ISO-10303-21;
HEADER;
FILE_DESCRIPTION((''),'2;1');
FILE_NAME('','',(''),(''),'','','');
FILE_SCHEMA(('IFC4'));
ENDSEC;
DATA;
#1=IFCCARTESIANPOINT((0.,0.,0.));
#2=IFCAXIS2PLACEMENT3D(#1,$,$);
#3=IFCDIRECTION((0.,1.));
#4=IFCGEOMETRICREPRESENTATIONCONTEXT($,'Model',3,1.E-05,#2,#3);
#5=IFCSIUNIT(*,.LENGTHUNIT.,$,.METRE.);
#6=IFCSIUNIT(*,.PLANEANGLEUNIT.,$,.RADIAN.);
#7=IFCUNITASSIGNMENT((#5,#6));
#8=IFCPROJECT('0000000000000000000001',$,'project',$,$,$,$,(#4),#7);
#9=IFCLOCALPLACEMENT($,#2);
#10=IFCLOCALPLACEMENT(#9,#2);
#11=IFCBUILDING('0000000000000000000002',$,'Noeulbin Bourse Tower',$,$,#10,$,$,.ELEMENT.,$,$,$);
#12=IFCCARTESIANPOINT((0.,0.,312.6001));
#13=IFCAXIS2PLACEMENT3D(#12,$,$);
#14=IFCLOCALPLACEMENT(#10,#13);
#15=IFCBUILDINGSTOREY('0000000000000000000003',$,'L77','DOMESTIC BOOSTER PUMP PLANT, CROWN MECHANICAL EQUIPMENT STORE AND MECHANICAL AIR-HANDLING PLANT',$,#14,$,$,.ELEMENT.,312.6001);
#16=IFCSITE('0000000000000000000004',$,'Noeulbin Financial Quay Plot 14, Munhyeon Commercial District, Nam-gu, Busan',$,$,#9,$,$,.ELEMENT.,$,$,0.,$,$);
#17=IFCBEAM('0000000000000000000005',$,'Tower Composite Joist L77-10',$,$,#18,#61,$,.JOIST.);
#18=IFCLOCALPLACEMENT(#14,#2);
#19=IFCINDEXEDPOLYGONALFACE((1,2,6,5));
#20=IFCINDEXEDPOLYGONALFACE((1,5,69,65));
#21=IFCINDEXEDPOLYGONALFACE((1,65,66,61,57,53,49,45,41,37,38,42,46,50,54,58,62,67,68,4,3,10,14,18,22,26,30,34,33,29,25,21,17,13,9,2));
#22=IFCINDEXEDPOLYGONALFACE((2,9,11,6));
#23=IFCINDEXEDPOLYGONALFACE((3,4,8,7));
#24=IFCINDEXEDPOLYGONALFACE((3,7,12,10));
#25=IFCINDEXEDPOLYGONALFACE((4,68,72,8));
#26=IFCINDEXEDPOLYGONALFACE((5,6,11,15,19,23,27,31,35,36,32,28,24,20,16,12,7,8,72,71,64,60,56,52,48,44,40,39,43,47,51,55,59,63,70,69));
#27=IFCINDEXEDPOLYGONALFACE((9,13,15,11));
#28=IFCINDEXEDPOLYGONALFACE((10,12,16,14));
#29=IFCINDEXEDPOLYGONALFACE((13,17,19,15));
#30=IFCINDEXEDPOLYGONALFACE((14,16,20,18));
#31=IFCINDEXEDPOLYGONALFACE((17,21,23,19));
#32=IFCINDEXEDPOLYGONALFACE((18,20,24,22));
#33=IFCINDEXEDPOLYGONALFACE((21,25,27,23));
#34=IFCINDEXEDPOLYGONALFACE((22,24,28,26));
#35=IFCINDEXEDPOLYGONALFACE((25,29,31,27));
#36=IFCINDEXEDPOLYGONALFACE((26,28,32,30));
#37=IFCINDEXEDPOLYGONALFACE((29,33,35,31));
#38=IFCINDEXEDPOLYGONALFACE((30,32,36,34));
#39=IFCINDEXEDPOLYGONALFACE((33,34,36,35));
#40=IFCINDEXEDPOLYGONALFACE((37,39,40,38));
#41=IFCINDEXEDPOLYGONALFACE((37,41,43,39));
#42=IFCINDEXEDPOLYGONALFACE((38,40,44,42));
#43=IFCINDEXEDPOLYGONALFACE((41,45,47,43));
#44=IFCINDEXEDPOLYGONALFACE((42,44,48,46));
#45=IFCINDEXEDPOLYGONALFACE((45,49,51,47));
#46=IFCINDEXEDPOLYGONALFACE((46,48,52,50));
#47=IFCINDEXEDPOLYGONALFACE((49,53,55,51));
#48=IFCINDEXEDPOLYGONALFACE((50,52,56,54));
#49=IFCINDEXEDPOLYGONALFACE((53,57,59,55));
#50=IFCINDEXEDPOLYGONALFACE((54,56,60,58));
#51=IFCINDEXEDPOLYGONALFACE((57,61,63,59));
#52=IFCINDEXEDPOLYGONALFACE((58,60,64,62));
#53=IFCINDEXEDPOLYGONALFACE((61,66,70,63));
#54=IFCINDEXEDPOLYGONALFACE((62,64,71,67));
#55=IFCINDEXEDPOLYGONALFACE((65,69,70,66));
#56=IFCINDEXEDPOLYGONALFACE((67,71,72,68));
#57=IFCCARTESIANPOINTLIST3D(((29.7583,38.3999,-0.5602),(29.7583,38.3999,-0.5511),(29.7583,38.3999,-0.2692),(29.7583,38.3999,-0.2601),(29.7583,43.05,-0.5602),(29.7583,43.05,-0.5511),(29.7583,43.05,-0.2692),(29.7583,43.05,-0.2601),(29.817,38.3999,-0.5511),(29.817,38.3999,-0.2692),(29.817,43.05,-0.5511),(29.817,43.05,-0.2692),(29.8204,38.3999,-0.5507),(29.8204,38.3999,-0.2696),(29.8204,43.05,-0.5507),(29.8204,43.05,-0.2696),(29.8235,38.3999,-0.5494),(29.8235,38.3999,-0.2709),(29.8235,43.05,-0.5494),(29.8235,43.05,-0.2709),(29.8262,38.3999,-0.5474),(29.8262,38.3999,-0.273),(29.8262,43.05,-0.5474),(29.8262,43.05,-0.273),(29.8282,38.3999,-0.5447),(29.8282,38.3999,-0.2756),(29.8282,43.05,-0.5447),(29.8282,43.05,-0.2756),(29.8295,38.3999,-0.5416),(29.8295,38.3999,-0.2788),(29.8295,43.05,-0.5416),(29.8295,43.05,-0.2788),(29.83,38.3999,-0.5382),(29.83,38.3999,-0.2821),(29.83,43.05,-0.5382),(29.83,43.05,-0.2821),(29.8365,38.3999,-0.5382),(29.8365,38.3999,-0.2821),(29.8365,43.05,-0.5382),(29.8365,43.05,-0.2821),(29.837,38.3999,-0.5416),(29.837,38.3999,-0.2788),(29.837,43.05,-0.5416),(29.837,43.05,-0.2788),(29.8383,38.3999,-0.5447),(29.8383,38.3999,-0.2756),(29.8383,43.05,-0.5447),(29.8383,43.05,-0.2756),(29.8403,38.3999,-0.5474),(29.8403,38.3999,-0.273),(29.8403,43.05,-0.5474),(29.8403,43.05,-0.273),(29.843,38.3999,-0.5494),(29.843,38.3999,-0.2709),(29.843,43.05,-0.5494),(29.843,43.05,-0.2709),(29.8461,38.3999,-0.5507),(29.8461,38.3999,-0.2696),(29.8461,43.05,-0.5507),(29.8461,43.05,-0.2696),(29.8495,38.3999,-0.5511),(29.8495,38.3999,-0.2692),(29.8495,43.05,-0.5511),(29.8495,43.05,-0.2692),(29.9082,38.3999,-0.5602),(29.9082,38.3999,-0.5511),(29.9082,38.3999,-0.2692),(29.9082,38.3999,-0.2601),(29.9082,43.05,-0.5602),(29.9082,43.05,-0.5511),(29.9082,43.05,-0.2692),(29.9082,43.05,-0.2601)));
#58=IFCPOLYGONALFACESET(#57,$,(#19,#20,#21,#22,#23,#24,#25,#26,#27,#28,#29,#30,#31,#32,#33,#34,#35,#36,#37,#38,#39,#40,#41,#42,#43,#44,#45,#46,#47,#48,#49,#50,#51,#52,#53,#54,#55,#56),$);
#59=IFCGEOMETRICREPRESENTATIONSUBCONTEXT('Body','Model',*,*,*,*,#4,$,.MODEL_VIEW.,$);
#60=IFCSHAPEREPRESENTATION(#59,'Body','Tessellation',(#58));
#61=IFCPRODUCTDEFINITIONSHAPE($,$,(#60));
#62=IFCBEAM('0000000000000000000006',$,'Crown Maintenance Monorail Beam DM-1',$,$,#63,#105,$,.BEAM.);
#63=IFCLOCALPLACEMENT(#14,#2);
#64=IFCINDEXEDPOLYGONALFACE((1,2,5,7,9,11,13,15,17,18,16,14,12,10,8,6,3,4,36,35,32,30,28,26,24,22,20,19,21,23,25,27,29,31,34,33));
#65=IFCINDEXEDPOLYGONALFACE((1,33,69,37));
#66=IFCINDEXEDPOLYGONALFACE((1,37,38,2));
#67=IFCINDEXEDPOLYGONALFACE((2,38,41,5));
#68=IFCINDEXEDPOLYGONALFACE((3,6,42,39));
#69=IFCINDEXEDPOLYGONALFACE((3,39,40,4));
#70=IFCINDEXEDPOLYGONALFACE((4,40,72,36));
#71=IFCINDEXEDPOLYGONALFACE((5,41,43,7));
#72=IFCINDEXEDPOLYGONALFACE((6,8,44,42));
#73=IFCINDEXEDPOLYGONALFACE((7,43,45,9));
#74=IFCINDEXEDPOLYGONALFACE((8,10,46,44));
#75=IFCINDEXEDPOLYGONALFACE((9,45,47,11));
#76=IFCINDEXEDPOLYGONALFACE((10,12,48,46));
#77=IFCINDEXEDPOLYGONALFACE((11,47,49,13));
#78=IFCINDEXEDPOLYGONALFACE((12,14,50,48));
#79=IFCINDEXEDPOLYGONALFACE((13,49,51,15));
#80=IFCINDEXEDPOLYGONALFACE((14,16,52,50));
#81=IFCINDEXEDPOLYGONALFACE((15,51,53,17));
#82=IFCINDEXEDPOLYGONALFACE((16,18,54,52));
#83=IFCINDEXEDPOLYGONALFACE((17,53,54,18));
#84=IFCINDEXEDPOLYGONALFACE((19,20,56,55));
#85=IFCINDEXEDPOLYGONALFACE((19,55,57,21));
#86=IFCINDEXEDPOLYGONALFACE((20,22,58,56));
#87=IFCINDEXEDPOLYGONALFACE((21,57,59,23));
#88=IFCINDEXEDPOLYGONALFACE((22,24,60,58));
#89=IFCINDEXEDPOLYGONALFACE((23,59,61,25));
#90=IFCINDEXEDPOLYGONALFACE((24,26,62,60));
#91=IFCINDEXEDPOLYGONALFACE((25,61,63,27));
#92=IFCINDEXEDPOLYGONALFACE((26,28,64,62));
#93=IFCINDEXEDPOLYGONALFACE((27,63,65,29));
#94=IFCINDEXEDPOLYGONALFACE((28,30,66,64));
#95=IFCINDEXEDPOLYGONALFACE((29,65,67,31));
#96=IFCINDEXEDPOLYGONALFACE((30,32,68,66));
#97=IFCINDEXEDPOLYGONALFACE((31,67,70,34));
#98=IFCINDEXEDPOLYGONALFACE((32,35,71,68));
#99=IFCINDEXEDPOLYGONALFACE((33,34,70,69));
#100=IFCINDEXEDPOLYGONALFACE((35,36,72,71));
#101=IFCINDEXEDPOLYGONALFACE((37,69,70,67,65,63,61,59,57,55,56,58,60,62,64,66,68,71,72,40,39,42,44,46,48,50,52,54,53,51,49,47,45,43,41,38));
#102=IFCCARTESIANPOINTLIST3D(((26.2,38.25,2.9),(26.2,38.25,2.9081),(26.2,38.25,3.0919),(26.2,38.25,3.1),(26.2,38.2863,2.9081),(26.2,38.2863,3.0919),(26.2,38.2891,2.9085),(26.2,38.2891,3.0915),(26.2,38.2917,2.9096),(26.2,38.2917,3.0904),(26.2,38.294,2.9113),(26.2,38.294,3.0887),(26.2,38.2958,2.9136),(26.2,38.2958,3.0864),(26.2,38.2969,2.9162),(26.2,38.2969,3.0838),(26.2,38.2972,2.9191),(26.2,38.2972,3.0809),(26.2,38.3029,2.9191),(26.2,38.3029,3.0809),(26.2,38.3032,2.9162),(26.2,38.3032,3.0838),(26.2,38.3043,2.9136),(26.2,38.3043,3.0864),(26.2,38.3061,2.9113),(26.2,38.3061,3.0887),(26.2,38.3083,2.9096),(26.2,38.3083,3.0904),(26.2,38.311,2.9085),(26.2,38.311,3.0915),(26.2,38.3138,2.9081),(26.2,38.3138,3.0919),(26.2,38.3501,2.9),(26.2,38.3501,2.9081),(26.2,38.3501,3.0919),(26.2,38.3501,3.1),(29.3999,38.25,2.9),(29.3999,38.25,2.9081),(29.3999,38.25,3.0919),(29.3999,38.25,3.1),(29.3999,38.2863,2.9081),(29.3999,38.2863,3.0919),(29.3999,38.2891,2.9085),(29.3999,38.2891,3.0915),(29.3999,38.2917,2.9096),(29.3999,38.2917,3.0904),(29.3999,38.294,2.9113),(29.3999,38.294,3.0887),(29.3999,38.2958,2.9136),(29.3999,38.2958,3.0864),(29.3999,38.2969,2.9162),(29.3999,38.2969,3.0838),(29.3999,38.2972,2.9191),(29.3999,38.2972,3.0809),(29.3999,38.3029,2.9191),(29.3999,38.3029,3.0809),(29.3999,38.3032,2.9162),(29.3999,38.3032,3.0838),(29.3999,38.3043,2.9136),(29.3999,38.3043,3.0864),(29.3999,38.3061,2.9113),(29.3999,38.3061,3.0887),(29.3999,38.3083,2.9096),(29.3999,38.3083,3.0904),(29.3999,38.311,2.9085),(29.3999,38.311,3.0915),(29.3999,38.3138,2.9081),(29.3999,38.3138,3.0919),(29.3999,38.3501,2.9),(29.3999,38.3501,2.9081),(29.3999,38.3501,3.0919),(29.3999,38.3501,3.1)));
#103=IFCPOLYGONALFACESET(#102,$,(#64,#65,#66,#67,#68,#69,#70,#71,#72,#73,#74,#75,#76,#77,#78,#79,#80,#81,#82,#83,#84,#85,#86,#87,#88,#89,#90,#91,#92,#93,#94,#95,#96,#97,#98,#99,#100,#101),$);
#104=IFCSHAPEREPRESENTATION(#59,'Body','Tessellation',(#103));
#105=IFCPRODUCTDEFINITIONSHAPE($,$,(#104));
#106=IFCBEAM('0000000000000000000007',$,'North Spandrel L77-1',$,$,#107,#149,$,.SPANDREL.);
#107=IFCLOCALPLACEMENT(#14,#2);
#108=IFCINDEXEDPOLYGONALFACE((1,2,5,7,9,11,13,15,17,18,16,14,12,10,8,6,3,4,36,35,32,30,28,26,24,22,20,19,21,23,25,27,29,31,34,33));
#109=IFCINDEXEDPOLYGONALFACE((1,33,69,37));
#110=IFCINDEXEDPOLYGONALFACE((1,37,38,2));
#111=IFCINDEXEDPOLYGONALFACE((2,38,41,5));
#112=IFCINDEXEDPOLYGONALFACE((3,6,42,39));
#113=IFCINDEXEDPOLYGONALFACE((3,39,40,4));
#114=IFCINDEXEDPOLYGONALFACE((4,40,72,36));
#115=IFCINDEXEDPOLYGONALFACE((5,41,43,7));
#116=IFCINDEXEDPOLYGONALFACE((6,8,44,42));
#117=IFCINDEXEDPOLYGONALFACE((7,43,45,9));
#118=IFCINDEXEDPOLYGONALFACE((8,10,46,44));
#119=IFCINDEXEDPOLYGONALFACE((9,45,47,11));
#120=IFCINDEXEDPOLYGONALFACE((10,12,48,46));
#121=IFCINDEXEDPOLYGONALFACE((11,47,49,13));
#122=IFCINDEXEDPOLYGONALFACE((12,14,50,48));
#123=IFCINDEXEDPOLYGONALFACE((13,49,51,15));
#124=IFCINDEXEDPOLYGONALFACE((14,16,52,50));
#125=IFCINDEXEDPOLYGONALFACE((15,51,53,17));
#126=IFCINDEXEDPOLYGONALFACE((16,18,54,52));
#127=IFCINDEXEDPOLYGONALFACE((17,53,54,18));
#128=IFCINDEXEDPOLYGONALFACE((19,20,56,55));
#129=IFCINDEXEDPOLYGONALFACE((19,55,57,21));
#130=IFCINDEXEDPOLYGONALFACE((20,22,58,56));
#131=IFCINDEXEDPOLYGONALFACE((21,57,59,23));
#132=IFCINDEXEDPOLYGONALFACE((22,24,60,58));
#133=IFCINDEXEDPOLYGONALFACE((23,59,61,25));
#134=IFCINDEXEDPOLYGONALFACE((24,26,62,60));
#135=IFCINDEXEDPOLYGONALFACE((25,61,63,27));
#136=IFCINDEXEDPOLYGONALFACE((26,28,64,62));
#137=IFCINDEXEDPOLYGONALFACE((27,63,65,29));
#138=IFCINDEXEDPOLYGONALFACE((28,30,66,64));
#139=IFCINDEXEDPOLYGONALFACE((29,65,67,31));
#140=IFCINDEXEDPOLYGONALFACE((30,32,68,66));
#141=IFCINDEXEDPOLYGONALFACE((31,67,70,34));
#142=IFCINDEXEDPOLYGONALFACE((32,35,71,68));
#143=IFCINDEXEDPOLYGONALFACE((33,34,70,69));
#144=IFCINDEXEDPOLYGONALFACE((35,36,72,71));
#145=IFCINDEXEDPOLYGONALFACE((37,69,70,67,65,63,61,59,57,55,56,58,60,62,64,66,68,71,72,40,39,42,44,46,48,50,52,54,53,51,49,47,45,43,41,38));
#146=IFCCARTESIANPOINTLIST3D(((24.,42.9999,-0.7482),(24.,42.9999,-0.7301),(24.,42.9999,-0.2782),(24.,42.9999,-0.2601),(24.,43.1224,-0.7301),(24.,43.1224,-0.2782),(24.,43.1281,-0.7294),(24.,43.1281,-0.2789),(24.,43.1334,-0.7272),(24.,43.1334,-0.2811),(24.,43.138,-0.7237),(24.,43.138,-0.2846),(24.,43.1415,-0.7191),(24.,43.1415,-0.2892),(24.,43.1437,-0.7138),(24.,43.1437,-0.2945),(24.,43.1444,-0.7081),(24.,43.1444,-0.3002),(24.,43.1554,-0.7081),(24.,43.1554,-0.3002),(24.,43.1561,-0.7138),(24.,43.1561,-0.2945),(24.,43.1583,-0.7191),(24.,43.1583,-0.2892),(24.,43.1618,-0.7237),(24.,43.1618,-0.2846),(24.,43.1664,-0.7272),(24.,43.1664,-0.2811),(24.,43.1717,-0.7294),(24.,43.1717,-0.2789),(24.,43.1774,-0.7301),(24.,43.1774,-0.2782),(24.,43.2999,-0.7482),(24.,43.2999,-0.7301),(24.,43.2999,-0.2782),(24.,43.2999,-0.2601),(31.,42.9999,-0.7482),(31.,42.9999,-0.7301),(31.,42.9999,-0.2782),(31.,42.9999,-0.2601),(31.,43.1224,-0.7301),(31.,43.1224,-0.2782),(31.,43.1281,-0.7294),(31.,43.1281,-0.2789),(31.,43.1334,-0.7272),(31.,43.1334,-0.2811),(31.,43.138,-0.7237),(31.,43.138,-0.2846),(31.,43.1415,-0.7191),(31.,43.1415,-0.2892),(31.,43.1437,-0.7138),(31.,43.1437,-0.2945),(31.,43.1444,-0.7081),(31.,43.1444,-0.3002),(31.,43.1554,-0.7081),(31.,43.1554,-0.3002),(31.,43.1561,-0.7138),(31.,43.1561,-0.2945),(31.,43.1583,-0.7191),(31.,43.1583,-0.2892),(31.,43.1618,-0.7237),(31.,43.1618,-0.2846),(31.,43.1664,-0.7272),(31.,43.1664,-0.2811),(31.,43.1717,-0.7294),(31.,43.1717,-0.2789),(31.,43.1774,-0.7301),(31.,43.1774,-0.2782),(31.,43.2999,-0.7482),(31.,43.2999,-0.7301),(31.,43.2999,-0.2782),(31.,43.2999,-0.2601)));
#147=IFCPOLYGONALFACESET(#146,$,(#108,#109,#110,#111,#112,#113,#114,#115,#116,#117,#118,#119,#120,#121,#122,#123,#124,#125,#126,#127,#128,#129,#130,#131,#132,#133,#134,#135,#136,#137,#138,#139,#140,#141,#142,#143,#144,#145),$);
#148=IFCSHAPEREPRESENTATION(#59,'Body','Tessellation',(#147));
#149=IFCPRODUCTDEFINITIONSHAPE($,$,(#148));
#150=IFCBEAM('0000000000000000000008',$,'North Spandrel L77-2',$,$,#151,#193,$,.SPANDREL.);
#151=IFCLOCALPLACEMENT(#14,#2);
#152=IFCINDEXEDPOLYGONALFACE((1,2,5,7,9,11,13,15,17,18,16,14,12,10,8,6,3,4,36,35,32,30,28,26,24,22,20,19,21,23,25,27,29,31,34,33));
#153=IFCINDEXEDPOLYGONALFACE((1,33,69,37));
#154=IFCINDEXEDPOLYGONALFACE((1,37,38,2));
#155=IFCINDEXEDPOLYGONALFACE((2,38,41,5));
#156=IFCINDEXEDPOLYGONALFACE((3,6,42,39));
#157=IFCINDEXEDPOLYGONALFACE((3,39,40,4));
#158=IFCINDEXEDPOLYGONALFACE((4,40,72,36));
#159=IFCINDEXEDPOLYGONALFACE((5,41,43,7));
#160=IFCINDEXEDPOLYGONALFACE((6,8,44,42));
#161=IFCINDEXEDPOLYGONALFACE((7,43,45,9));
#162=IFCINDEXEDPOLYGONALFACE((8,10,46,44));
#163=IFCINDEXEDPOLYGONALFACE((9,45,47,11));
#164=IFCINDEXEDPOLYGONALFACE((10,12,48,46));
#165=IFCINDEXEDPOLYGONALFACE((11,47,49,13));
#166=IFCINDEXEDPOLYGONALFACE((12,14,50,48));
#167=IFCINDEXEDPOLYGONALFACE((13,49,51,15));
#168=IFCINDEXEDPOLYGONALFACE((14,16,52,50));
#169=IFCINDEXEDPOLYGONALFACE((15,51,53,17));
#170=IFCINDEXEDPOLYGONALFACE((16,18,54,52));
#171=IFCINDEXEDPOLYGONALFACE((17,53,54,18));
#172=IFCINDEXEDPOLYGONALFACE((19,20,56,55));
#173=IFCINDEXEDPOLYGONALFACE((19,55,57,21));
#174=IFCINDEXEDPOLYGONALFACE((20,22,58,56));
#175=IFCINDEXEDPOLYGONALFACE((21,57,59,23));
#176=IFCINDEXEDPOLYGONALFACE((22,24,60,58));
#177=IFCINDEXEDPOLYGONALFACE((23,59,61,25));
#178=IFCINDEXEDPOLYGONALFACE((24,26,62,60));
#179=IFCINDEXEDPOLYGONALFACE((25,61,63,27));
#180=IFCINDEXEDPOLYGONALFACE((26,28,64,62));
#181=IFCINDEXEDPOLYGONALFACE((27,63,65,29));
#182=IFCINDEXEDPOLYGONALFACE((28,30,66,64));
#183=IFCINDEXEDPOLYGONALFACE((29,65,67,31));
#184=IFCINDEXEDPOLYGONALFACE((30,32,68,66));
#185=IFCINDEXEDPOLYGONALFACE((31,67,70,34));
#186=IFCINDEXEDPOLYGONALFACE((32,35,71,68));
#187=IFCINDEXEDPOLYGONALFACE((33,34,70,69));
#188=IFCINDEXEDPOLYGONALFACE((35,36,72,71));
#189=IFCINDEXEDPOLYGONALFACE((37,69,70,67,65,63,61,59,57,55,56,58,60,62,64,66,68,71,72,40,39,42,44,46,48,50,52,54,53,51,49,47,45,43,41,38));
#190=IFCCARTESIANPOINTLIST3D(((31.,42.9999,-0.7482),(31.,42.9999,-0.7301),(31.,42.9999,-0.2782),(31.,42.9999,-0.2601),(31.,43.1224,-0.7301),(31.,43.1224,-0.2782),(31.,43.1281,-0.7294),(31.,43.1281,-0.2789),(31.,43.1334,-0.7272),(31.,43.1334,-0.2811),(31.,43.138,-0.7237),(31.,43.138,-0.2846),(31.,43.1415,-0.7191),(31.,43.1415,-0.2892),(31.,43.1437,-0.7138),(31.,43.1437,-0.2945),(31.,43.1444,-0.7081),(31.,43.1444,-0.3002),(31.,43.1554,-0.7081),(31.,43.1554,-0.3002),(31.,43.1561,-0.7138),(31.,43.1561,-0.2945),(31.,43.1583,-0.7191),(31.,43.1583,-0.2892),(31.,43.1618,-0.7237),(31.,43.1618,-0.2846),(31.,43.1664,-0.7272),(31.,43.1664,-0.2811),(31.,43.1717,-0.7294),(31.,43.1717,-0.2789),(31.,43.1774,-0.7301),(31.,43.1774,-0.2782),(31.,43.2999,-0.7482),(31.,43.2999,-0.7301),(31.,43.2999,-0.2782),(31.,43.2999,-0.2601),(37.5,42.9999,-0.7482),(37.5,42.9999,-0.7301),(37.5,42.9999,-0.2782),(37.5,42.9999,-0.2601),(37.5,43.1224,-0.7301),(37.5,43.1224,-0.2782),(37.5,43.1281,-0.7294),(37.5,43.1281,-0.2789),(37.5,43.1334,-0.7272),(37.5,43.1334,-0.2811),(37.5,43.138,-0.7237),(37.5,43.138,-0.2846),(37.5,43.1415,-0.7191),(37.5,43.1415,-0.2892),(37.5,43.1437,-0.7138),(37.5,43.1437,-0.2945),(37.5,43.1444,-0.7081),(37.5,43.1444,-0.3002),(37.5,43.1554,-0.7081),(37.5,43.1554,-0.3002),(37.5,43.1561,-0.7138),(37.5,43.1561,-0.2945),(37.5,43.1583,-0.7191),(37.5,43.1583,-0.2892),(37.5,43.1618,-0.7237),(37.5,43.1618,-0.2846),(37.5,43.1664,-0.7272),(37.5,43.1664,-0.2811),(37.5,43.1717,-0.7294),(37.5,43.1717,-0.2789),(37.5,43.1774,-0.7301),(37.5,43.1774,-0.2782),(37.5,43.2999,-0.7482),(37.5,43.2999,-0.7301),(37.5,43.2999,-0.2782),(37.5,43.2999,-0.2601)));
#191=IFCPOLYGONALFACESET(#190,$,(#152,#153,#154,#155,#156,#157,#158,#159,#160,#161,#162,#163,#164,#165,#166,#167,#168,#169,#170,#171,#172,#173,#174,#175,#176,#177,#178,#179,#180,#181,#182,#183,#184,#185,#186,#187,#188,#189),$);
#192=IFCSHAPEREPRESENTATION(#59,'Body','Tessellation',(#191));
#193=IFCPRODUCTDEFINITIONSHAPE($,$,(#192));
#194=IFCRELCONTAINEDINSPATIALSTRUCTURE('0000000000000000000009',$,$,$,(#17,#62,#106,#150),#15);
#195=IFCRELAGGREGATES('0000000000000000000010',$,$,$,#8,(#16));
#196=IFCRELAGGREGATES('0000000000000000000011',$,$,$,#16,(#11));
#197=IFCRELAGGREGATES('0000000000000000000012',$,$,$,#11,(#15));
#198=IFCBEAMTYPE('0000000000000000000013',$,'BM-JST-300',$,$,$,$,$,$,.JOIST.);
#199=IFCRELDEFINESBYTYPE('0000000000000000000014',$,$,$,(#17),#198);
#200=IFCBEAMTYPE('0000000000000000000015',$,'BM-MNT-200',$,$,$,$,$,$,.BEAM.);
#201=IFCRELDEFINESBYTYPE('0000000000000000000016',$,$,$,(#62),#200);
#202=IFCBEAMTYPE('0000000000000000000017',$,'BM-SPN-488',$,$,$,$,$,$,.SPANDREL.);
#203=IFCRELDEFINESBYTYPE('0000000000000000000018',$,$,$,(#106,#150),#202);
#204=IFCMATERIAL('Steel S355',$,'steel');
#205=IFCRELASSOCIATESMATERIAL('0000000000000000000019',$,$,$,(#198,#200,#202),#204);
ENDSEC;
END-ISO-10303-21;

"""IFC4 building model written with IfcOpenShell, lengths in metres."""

from ifc_helpers import new_model, si_unit, direction, frame, origin, origin_2d, place, context, subcontext, project, spatial, i_section, extrude, material, material_profile, profile_set, type_object, element, save


model = new_model("IFC4")

# Units and contexts
model_context = context("Model", 3, precision=1e-05, world=origin(), true_north=direction((0.0, 1.0)))
body_context = subcontext(model_context, "Body", "Model", "MODEL_VIEW")
ifc_project = project(units=[si_unit("LENGTHUNIT", "METRE"), si_unit("PLANEANGLEUNIT", "RADIAN")], contexts=[model_context])

# Site, building, storey
site_placement = place(None, origin())
site = spatial("IfcSite", under=ifc_project, at=site_placement, Name="Noeulbin Financial Quay Plot 14, Munhyeon Commercial District, Nam-gu, Busan", CompositionType="ELEMENT", RefElevation=0.0)
building_placement = place(site_placement, origin())
building = spatial("IfcBuilding", under=site, at=building_placement, Name="Noeulbin Bourse Tower", CompositionType="ELEMENT")
storey_placement = place(building_placement, frame((0.0, 0.0, 312.6001)))
storey = spatial("IfcBuildingStorey", under=building, at=storey_placement, Name="L77", Description="DOMESTIC BOOSTER PUMP PLANT, CROWN MECHANICAL EQUIPMENT STORE AND MECHANICAL AIR-HANDLING PLANT", CompositionType="ELEMENT", Elevation=312.6001)

# Shared definitions
ifc_material_1 = material(Name="Steel S355", Category="steel")

# Beams
ifc_material_profile_1 = material_profile(ifc_material_1, i_section(OverallWidth=0.1499, OverallDepth=0.3, WebThickness=0.0066, FlangeThickness=0.009, FilletRadius=0.0129, at=origin_2d()), Name="H-300x150x6.5x9", Category="LoadBearing")
ifc_profile_set_1 = profile_set([ifc_material_profile_1], Name="Steel S355")
beam_type_1 = type_object("IfcBeamType", Name="BM-JST-300", PredefinedType="JOIST", material=ifc_profile_set_1)
for number, where, z_axis, x_axis, name in (
    (1, (29.8333, 38.3999, -0.4102), (0.0, 1.0, 0.0), (-1.0, 0.0, 0.0), "Tower Composite Joist L77-10"),
):
    element("IfcBeam", number, at=place(storey_placement, frame(where, z_axis=z_axis, x_axis=x_axis)), inside=storey, type_object=beam_type_1, Name=name, PredefinedType="JOIST", context=body_context, shape_type="SweptSolid", body=[
        extrude(i_section(OverallWidth=0.1499, OverallDepth=0.3, WebThickness=0.0066, FlangeThickness=0.009, FilletRadius=0.0129, at=origin_2d()), origin(), (0.0, 0.0, 1.0), 4.6501),
    ])
ifc_material_profile_2 = material_profile(ifc_material_1, i_section(OverallWidth=0.1001, OverallDepth=0.2, WebThickness=0.0056, FlangeThickness=0.0081, FilletRadius=0.011, at=origin_2d()), Name="H-200x100x5.5x8", Category="LoadBearing")
ifc_profile_set_2 = profile_set([ifc_material_profile_2], Name="Steel S355")
beam_type_2 = type_object("IfcBeamType", Name="BM-MNT-200", PredefinedType="BEAM", material=ifc_profile_set_2)
beam_1_placement = place(storey_placement, frame((26.2, 38.3, 3.0), z_axis=(1.0, 0.0, 0.0), x_axis=(0.0, 1.0, 0.0)))
element("IfcBeam", 2, at=beam_1_placement, inside=storey, type_object=beam_type_2, Name="Crown Maintenance Monorail Beam DM-1", PredefinedType="BEAM", context=body_context, shape_type="SweptSolid", body=[
    extrude(i_section(OverallWidth=0.1001, OverallDepth=0.2, WebThickness=0.0056, FlangeThickness=0.0081, FilletRadius=0.011, at=origin_2d()), origin(), (0.0, 0.0, 1.0), 3.2),
])
ifc_material_profile_3 = material_profile(ifc_material_1, i_section(OverallWidth=0.3, OverallDepth=0.488, WebThickness=0.011, FlangeThickness=0.0181, FilletRadius=0.022, at=origin_2d()), Name="H-488x300x11x18", Category="LoadBearing")
ifc_profile_set_3 = profile_set([ifc_material_profile_3], Name="Steel S355")
beam_type_3 = type_object("IfcBeamType", Name="BM-SPN-488", PredefinedType="SPANDREL", material=ifc_profile_set_3)
beam_2_placement = place(storey_placement, frame((24.0, 43.1499, -0.5042), z_axis=(1.0, 0.0, 0.0), x_axis=(0.0, 1.0, 0.0)))
element("IfcBeam", 3, at=beam_2_placement, inside=storey, type_object=beam_type_3, Name="North Spandrel L77-1", PredefinedType="SPANDREL", context=body_context, shape_type="SweptSolid", body=[
    extrude(i_section(OverallWidth=0.3, OverallDepth=0.488, WebThickness=0.011, FlangeThickness=0.0181, FilletRadius=0.022, at=origin_2d()), origin(), (0.0, 0.0, 1.0), 7.0),
])
beam_3_placement = place(storey_placement, frame((31.0, 43.1499, -0.5042), z_axis=(1.0, 0.0, 0.0), x_axis=(0.0, 1.0, 0.0)))
element("IfcBeam", 4, at=beam_3_placement, inside=storey, type_object=beam_type_3, Name="North Spandrel L77-2", PredefinedType="SPANDREL", context=body_context, shape_type="SweptSolid", body=[
    extrude(i_section(OverallWidth=0.3, OverallDepth=0.488, WebThickness=0.011, FlangeThickness=0.0181, FilletRadius=0.022, at=origin_2d()), origin(), (0.0, 0.0, 1.0), 6.5),
])

save(model, "model.ifc")
